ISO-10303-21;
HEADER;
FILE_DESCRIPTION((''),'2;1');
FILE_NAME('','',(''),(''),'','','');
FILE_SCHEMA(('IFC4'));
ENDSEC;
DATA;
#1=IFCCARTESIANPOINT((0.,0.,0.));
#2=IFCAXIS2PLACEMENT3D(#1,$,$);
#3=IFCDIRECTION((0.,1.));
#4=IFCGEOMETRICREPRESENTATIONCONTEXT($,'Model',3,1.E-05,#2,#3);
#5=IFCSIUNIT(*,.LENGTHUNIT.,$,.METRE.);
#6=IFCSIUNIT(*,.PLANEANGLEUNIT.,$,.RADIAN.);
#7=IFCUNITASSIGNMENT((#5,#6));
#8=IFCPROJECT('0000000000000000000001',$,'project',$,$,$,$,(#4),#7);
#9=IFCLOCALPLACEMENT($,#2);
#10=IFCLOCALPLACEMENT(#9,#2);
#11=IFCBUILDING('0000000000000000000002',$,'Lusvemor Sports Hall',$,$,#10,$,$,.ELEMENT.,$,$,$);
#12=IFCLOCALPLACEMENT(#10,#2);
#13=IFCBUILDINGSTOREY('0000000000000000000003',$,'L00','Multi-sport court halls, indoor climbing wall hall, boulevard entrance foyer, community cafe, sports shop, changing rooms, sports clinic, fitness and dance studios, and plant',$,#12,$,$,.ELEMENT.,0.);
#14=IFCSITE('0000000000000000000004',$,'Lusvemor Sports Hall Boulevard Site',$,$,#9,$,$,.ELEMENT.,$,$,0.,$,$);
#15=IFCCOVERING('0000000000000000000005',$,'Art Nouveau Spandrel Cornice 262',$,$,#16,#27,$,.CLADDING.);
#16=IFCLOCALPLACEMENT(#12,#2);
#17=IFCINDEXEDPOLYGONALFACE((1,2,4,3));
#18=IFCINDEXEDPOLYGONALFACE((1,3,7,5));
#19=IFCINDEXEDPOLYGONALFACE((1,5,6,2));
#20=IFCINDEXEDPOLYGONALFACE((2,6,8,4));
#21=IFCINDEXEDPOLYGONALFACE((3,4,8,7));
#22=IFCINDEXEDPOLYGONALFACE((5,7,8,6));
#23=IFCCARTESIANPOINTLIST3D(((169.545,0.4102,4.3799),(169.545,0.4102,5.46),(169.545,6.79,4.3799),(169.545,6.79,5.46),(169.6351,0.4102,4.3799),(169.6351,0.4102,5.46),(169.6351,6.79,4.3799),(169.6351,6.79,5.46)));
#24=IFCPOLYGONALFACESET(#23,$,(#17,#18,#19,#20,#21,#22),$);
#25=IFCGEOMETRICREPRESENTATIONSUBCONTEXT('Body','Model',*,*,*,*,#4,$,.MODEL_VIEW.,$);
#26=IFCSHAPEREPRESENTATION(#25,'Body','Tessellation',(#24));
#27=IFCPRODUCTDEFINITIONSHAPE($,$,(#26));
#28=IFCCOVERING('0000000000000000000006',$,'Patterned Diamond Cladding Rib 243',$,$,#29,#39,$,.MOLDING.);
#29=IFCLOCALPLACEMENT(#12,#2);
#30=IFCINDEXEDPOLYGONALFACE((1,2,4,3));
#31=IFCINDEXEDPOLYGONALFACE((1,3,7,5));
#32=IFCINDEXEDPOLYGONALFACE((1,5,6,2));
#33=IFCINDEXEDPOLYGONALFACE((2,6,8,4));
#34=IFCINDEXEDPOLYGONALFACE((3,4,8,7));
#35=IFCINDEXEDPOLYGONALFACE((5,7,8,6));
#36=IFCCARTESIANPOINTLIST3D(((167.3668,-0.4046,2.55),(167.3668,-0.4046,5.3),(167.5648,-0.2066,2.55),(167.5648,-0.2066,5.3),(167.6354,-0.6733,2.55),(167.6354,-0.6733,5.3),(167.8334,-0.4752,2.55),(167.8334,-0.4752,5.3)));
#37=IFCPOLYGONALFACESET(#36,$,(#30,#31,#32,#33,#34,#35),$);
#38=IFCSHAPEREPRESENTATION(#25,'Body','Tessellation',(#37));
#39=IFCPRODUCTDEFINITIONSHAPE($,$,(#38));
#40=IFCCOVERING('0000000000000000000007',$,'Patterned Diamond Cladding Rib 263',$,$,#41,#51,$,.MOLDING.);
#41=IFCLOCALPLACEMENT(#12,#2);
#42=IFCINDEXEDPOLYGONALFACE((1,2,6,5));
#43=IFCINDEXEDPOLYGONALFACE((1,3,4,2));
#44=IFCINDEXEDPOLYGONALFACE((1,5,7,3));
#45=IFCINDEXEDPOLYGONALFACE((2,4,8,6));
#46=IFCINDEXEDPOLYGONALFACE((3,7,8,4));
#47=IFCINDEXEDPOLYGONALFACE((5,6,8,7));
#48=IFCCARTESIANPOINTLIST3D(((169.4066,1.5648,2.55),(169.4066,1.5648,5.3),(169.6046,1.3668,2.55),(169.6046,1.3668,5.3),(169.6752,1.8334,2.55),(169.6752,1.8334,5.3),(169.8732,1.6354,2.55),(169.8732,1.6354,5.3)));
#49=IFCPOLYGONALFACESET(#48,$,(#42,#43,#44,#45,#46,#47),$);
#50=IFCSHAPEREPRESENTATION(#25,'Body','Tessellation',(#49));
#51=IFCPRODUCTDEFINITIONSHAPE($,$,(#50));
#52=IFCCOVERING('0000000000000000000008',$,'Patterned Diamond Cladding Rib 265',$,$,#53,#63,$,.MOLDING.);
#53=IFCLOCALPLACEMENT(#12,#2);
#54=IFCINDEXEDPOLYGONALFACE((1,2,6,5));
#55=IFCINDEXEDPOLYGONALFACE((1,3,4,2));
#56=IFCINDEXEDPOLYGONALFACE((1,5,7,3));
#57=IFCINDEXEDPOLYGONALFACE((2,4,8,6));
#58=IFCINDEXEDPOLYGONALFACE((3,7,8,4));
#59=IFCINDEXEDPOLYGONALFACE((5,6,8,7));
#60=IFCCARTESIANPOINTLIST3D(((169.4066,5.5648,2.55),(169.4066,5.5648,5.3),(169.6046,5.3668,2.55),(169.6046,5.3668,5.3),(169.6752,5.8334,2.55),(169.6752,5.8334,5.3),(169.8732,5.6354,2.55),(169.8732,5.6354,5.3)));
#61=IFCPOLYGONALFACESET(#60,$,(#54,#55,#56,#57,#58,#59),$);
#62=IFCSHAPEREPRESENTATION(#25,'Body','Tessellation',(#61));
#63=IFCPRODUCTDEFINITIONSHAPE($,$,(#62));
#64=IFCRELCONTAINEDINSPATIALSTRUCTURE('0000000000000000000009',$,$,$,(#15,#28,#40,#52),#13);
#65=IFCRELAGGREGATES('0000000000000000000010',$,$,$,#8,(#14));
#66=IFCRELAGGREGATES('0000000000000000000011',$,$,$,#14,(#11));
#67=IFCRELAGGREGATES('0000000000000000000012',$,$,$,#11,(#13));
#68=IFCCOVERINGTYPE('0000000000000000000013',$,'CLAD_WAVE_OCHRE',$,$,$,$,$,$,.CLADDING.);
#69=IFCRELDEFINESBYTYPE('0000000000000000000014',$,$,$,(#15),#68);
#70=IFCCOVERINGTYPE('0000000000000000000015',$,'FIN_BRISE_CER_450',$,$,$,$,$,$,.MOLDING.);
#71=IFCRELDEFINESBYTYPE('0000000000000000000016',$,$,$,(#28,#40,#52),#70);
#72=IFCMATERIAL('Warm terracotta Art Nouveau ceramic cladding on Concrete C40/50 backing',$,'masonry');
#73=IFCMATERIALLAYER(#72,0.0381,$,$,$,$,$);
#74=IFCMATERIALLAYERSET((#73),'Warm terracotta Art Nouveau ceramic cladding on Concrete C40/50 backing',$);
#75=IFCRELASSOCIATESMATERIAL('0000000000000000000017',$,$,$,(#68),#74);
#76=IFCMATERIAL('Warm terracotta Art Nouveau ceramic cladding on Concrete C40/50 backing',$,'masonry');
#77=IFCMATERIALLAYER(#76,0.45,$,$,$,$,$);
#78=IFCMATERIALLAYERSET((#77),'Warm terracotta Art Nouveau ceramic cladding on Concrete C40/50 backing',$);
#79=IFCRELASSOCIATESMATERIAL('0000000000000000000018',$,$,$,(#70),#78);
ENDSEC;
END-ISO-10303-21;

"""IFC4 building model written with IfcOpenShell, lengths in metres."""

from ifc_helpers import new_model, si_unit, direction, frame, origin, origin_2d, place, context, subcontext, project, spatial, rectangle, extrude, material, layer, layer_set, type_object, element, save


model = new_model("IFC4")

# Units and contexts
model_context = context("Model", 3, precision=1e-05, world=origin(), true_north=direction((0.0, 1.0)))
body_context = subcontext(model_context, "Body", "Model", "MODEL_VIEW")
ifc_project = project(units=[si_unit("LENGTHUNIT", "METRE"), si_unit("PLANEANGLEUNIT", "RADIAN")], contexts=[model_context])

# Site, building, storey
site_placement = place(None, origin())
site = spatial("IfcSite", under=ifc_project, at=site_placement, Name="Lusvemor Sports Hall Boulevard Site", CompositionType="ELEMENT", RefElevation=0.0)
building_placement = place(site_placement, origin())
building = spatial("IfcBuilding", under=site, at=building_placement, Name="Lusvemor Sports Hall", CompositionType="ELEMENT")
storey_placement = place(building_placement, origin())
storey = spatial("IfcBuildingStorey", under=building, at=storey_placement, Name="L00", Description="Multi-sport court halls, indoor climbing wall hall, boulevard entrance foyer, community cafe, sports shop, changing rooms, sports clinic, fitness and dance studios, and plant", CompositionType="ELEMENT", Elevation=0.0)

# Coverings
ifc_material_1 = material(Name="Warm terracotta Art Nouveau ceramic cladding on Concrete C40/50 backing", Category="masonry")
ifc_layer_1 = layer(ifc_material_1, 0.0381)
ifc_layer_set_1 = layer_set([ifc_layer_1], Name="Warm terracotta Art Nouveau ceramic cladding on Concrete C40/50 backing")
covering_type_1 = type_object("IfcCoveringType", Name="CLAD_WAVE_OCHRE", PredefinedType="CLADDING", material=ifc_layer_set_1)
covering_1_placement = place(storey_placement, frame((169.5901, 3.6001, 4.3799), z_axis=(0.0, 0.0, 1.0), x_axis=(1.0, 0.0, 0.0)))
element("IfcCovering", 1, at=covering_1_placement, inside=storey, type_object=covering_type_1, Name="Art Nouveau Spandrel Cornice 262", PredefinedType="CLADDING", context=body_context, shape_type="SweptSolid", body=[
    extrude(rectangle(XDim=0.0901, YDim=6.3799, at=origin_2d()), origin(), (0.0, 0.0, 1.0), 1.0801),
])
ifc_material_2 = material(Name="Warm terracotta Art Nouveau ceramic cladding on Concrete C40/50 backing", Category="masonry")
ifc_layer_2 = layer(ifc_material_2, 0.45)
ifc_layer_set_2 = layer_set([ifc_layer_2], Name="Warm terracotta Art Nouveau ceramic cladding on Concrete C40/50 backing")
covering_type_2 = type_object("IfcCoveringType", Name="FIN_BRISE_CER_450", PredefinedType="MOLDING", material=ifc_layer_set_2)
covering_2_placement = place(storey_placement, frame((167.6001, -0.4399, 2.55), z_axis=(0.0, 0.0, 1.0), x_axis=(0.707107, 0.707107, 0.0)))
element("IfcCovering", 2, at=covering_2_placement, inside=storey, type_object=covering_type_2, Name="Patterned Diamond Cladding Rib 243", PredefinedType="MOLDING", context=body_context, shape_type="SweptSolid", body=[
    extrude(rectangle(XDim=0.28, YDim=0.3799, at=origin_2d()), origin(), (0.0, 0.0, 1.0), 2.75),
])
for number, where, z_axis, x_axis, name in (
    (3, (169.6399, 1.6001, 2.55), (0.0, 0.0, 1.0), (0.707107, 0.707107, 0.0), "Patterned Diamond Cladding Rib 263"),
    (4, (169.6399, 5.6001, 2.55), (0.0, 0.0, 1.0), (0.707107, 0.707107, 0.0), "Patterned Diamond Cladding Rib 265"),
):
    element("IfcCovering", number, at=place(storey_placement, frame(where, z_axis=z_axis, x_axis=x_axis)), inside=storey, type_object=covering_type_2, Name=name, PredefinedType="MOLDING", context=body_context, shape_type="SweptSolid", body=[
        extrude(rectangle(XDim=0.3799, YDim=0.28, at=origin_2d()), origin(), (0.0, 0.0, 1.0), 2.75),
    ])

save(model, "model.ifc")
